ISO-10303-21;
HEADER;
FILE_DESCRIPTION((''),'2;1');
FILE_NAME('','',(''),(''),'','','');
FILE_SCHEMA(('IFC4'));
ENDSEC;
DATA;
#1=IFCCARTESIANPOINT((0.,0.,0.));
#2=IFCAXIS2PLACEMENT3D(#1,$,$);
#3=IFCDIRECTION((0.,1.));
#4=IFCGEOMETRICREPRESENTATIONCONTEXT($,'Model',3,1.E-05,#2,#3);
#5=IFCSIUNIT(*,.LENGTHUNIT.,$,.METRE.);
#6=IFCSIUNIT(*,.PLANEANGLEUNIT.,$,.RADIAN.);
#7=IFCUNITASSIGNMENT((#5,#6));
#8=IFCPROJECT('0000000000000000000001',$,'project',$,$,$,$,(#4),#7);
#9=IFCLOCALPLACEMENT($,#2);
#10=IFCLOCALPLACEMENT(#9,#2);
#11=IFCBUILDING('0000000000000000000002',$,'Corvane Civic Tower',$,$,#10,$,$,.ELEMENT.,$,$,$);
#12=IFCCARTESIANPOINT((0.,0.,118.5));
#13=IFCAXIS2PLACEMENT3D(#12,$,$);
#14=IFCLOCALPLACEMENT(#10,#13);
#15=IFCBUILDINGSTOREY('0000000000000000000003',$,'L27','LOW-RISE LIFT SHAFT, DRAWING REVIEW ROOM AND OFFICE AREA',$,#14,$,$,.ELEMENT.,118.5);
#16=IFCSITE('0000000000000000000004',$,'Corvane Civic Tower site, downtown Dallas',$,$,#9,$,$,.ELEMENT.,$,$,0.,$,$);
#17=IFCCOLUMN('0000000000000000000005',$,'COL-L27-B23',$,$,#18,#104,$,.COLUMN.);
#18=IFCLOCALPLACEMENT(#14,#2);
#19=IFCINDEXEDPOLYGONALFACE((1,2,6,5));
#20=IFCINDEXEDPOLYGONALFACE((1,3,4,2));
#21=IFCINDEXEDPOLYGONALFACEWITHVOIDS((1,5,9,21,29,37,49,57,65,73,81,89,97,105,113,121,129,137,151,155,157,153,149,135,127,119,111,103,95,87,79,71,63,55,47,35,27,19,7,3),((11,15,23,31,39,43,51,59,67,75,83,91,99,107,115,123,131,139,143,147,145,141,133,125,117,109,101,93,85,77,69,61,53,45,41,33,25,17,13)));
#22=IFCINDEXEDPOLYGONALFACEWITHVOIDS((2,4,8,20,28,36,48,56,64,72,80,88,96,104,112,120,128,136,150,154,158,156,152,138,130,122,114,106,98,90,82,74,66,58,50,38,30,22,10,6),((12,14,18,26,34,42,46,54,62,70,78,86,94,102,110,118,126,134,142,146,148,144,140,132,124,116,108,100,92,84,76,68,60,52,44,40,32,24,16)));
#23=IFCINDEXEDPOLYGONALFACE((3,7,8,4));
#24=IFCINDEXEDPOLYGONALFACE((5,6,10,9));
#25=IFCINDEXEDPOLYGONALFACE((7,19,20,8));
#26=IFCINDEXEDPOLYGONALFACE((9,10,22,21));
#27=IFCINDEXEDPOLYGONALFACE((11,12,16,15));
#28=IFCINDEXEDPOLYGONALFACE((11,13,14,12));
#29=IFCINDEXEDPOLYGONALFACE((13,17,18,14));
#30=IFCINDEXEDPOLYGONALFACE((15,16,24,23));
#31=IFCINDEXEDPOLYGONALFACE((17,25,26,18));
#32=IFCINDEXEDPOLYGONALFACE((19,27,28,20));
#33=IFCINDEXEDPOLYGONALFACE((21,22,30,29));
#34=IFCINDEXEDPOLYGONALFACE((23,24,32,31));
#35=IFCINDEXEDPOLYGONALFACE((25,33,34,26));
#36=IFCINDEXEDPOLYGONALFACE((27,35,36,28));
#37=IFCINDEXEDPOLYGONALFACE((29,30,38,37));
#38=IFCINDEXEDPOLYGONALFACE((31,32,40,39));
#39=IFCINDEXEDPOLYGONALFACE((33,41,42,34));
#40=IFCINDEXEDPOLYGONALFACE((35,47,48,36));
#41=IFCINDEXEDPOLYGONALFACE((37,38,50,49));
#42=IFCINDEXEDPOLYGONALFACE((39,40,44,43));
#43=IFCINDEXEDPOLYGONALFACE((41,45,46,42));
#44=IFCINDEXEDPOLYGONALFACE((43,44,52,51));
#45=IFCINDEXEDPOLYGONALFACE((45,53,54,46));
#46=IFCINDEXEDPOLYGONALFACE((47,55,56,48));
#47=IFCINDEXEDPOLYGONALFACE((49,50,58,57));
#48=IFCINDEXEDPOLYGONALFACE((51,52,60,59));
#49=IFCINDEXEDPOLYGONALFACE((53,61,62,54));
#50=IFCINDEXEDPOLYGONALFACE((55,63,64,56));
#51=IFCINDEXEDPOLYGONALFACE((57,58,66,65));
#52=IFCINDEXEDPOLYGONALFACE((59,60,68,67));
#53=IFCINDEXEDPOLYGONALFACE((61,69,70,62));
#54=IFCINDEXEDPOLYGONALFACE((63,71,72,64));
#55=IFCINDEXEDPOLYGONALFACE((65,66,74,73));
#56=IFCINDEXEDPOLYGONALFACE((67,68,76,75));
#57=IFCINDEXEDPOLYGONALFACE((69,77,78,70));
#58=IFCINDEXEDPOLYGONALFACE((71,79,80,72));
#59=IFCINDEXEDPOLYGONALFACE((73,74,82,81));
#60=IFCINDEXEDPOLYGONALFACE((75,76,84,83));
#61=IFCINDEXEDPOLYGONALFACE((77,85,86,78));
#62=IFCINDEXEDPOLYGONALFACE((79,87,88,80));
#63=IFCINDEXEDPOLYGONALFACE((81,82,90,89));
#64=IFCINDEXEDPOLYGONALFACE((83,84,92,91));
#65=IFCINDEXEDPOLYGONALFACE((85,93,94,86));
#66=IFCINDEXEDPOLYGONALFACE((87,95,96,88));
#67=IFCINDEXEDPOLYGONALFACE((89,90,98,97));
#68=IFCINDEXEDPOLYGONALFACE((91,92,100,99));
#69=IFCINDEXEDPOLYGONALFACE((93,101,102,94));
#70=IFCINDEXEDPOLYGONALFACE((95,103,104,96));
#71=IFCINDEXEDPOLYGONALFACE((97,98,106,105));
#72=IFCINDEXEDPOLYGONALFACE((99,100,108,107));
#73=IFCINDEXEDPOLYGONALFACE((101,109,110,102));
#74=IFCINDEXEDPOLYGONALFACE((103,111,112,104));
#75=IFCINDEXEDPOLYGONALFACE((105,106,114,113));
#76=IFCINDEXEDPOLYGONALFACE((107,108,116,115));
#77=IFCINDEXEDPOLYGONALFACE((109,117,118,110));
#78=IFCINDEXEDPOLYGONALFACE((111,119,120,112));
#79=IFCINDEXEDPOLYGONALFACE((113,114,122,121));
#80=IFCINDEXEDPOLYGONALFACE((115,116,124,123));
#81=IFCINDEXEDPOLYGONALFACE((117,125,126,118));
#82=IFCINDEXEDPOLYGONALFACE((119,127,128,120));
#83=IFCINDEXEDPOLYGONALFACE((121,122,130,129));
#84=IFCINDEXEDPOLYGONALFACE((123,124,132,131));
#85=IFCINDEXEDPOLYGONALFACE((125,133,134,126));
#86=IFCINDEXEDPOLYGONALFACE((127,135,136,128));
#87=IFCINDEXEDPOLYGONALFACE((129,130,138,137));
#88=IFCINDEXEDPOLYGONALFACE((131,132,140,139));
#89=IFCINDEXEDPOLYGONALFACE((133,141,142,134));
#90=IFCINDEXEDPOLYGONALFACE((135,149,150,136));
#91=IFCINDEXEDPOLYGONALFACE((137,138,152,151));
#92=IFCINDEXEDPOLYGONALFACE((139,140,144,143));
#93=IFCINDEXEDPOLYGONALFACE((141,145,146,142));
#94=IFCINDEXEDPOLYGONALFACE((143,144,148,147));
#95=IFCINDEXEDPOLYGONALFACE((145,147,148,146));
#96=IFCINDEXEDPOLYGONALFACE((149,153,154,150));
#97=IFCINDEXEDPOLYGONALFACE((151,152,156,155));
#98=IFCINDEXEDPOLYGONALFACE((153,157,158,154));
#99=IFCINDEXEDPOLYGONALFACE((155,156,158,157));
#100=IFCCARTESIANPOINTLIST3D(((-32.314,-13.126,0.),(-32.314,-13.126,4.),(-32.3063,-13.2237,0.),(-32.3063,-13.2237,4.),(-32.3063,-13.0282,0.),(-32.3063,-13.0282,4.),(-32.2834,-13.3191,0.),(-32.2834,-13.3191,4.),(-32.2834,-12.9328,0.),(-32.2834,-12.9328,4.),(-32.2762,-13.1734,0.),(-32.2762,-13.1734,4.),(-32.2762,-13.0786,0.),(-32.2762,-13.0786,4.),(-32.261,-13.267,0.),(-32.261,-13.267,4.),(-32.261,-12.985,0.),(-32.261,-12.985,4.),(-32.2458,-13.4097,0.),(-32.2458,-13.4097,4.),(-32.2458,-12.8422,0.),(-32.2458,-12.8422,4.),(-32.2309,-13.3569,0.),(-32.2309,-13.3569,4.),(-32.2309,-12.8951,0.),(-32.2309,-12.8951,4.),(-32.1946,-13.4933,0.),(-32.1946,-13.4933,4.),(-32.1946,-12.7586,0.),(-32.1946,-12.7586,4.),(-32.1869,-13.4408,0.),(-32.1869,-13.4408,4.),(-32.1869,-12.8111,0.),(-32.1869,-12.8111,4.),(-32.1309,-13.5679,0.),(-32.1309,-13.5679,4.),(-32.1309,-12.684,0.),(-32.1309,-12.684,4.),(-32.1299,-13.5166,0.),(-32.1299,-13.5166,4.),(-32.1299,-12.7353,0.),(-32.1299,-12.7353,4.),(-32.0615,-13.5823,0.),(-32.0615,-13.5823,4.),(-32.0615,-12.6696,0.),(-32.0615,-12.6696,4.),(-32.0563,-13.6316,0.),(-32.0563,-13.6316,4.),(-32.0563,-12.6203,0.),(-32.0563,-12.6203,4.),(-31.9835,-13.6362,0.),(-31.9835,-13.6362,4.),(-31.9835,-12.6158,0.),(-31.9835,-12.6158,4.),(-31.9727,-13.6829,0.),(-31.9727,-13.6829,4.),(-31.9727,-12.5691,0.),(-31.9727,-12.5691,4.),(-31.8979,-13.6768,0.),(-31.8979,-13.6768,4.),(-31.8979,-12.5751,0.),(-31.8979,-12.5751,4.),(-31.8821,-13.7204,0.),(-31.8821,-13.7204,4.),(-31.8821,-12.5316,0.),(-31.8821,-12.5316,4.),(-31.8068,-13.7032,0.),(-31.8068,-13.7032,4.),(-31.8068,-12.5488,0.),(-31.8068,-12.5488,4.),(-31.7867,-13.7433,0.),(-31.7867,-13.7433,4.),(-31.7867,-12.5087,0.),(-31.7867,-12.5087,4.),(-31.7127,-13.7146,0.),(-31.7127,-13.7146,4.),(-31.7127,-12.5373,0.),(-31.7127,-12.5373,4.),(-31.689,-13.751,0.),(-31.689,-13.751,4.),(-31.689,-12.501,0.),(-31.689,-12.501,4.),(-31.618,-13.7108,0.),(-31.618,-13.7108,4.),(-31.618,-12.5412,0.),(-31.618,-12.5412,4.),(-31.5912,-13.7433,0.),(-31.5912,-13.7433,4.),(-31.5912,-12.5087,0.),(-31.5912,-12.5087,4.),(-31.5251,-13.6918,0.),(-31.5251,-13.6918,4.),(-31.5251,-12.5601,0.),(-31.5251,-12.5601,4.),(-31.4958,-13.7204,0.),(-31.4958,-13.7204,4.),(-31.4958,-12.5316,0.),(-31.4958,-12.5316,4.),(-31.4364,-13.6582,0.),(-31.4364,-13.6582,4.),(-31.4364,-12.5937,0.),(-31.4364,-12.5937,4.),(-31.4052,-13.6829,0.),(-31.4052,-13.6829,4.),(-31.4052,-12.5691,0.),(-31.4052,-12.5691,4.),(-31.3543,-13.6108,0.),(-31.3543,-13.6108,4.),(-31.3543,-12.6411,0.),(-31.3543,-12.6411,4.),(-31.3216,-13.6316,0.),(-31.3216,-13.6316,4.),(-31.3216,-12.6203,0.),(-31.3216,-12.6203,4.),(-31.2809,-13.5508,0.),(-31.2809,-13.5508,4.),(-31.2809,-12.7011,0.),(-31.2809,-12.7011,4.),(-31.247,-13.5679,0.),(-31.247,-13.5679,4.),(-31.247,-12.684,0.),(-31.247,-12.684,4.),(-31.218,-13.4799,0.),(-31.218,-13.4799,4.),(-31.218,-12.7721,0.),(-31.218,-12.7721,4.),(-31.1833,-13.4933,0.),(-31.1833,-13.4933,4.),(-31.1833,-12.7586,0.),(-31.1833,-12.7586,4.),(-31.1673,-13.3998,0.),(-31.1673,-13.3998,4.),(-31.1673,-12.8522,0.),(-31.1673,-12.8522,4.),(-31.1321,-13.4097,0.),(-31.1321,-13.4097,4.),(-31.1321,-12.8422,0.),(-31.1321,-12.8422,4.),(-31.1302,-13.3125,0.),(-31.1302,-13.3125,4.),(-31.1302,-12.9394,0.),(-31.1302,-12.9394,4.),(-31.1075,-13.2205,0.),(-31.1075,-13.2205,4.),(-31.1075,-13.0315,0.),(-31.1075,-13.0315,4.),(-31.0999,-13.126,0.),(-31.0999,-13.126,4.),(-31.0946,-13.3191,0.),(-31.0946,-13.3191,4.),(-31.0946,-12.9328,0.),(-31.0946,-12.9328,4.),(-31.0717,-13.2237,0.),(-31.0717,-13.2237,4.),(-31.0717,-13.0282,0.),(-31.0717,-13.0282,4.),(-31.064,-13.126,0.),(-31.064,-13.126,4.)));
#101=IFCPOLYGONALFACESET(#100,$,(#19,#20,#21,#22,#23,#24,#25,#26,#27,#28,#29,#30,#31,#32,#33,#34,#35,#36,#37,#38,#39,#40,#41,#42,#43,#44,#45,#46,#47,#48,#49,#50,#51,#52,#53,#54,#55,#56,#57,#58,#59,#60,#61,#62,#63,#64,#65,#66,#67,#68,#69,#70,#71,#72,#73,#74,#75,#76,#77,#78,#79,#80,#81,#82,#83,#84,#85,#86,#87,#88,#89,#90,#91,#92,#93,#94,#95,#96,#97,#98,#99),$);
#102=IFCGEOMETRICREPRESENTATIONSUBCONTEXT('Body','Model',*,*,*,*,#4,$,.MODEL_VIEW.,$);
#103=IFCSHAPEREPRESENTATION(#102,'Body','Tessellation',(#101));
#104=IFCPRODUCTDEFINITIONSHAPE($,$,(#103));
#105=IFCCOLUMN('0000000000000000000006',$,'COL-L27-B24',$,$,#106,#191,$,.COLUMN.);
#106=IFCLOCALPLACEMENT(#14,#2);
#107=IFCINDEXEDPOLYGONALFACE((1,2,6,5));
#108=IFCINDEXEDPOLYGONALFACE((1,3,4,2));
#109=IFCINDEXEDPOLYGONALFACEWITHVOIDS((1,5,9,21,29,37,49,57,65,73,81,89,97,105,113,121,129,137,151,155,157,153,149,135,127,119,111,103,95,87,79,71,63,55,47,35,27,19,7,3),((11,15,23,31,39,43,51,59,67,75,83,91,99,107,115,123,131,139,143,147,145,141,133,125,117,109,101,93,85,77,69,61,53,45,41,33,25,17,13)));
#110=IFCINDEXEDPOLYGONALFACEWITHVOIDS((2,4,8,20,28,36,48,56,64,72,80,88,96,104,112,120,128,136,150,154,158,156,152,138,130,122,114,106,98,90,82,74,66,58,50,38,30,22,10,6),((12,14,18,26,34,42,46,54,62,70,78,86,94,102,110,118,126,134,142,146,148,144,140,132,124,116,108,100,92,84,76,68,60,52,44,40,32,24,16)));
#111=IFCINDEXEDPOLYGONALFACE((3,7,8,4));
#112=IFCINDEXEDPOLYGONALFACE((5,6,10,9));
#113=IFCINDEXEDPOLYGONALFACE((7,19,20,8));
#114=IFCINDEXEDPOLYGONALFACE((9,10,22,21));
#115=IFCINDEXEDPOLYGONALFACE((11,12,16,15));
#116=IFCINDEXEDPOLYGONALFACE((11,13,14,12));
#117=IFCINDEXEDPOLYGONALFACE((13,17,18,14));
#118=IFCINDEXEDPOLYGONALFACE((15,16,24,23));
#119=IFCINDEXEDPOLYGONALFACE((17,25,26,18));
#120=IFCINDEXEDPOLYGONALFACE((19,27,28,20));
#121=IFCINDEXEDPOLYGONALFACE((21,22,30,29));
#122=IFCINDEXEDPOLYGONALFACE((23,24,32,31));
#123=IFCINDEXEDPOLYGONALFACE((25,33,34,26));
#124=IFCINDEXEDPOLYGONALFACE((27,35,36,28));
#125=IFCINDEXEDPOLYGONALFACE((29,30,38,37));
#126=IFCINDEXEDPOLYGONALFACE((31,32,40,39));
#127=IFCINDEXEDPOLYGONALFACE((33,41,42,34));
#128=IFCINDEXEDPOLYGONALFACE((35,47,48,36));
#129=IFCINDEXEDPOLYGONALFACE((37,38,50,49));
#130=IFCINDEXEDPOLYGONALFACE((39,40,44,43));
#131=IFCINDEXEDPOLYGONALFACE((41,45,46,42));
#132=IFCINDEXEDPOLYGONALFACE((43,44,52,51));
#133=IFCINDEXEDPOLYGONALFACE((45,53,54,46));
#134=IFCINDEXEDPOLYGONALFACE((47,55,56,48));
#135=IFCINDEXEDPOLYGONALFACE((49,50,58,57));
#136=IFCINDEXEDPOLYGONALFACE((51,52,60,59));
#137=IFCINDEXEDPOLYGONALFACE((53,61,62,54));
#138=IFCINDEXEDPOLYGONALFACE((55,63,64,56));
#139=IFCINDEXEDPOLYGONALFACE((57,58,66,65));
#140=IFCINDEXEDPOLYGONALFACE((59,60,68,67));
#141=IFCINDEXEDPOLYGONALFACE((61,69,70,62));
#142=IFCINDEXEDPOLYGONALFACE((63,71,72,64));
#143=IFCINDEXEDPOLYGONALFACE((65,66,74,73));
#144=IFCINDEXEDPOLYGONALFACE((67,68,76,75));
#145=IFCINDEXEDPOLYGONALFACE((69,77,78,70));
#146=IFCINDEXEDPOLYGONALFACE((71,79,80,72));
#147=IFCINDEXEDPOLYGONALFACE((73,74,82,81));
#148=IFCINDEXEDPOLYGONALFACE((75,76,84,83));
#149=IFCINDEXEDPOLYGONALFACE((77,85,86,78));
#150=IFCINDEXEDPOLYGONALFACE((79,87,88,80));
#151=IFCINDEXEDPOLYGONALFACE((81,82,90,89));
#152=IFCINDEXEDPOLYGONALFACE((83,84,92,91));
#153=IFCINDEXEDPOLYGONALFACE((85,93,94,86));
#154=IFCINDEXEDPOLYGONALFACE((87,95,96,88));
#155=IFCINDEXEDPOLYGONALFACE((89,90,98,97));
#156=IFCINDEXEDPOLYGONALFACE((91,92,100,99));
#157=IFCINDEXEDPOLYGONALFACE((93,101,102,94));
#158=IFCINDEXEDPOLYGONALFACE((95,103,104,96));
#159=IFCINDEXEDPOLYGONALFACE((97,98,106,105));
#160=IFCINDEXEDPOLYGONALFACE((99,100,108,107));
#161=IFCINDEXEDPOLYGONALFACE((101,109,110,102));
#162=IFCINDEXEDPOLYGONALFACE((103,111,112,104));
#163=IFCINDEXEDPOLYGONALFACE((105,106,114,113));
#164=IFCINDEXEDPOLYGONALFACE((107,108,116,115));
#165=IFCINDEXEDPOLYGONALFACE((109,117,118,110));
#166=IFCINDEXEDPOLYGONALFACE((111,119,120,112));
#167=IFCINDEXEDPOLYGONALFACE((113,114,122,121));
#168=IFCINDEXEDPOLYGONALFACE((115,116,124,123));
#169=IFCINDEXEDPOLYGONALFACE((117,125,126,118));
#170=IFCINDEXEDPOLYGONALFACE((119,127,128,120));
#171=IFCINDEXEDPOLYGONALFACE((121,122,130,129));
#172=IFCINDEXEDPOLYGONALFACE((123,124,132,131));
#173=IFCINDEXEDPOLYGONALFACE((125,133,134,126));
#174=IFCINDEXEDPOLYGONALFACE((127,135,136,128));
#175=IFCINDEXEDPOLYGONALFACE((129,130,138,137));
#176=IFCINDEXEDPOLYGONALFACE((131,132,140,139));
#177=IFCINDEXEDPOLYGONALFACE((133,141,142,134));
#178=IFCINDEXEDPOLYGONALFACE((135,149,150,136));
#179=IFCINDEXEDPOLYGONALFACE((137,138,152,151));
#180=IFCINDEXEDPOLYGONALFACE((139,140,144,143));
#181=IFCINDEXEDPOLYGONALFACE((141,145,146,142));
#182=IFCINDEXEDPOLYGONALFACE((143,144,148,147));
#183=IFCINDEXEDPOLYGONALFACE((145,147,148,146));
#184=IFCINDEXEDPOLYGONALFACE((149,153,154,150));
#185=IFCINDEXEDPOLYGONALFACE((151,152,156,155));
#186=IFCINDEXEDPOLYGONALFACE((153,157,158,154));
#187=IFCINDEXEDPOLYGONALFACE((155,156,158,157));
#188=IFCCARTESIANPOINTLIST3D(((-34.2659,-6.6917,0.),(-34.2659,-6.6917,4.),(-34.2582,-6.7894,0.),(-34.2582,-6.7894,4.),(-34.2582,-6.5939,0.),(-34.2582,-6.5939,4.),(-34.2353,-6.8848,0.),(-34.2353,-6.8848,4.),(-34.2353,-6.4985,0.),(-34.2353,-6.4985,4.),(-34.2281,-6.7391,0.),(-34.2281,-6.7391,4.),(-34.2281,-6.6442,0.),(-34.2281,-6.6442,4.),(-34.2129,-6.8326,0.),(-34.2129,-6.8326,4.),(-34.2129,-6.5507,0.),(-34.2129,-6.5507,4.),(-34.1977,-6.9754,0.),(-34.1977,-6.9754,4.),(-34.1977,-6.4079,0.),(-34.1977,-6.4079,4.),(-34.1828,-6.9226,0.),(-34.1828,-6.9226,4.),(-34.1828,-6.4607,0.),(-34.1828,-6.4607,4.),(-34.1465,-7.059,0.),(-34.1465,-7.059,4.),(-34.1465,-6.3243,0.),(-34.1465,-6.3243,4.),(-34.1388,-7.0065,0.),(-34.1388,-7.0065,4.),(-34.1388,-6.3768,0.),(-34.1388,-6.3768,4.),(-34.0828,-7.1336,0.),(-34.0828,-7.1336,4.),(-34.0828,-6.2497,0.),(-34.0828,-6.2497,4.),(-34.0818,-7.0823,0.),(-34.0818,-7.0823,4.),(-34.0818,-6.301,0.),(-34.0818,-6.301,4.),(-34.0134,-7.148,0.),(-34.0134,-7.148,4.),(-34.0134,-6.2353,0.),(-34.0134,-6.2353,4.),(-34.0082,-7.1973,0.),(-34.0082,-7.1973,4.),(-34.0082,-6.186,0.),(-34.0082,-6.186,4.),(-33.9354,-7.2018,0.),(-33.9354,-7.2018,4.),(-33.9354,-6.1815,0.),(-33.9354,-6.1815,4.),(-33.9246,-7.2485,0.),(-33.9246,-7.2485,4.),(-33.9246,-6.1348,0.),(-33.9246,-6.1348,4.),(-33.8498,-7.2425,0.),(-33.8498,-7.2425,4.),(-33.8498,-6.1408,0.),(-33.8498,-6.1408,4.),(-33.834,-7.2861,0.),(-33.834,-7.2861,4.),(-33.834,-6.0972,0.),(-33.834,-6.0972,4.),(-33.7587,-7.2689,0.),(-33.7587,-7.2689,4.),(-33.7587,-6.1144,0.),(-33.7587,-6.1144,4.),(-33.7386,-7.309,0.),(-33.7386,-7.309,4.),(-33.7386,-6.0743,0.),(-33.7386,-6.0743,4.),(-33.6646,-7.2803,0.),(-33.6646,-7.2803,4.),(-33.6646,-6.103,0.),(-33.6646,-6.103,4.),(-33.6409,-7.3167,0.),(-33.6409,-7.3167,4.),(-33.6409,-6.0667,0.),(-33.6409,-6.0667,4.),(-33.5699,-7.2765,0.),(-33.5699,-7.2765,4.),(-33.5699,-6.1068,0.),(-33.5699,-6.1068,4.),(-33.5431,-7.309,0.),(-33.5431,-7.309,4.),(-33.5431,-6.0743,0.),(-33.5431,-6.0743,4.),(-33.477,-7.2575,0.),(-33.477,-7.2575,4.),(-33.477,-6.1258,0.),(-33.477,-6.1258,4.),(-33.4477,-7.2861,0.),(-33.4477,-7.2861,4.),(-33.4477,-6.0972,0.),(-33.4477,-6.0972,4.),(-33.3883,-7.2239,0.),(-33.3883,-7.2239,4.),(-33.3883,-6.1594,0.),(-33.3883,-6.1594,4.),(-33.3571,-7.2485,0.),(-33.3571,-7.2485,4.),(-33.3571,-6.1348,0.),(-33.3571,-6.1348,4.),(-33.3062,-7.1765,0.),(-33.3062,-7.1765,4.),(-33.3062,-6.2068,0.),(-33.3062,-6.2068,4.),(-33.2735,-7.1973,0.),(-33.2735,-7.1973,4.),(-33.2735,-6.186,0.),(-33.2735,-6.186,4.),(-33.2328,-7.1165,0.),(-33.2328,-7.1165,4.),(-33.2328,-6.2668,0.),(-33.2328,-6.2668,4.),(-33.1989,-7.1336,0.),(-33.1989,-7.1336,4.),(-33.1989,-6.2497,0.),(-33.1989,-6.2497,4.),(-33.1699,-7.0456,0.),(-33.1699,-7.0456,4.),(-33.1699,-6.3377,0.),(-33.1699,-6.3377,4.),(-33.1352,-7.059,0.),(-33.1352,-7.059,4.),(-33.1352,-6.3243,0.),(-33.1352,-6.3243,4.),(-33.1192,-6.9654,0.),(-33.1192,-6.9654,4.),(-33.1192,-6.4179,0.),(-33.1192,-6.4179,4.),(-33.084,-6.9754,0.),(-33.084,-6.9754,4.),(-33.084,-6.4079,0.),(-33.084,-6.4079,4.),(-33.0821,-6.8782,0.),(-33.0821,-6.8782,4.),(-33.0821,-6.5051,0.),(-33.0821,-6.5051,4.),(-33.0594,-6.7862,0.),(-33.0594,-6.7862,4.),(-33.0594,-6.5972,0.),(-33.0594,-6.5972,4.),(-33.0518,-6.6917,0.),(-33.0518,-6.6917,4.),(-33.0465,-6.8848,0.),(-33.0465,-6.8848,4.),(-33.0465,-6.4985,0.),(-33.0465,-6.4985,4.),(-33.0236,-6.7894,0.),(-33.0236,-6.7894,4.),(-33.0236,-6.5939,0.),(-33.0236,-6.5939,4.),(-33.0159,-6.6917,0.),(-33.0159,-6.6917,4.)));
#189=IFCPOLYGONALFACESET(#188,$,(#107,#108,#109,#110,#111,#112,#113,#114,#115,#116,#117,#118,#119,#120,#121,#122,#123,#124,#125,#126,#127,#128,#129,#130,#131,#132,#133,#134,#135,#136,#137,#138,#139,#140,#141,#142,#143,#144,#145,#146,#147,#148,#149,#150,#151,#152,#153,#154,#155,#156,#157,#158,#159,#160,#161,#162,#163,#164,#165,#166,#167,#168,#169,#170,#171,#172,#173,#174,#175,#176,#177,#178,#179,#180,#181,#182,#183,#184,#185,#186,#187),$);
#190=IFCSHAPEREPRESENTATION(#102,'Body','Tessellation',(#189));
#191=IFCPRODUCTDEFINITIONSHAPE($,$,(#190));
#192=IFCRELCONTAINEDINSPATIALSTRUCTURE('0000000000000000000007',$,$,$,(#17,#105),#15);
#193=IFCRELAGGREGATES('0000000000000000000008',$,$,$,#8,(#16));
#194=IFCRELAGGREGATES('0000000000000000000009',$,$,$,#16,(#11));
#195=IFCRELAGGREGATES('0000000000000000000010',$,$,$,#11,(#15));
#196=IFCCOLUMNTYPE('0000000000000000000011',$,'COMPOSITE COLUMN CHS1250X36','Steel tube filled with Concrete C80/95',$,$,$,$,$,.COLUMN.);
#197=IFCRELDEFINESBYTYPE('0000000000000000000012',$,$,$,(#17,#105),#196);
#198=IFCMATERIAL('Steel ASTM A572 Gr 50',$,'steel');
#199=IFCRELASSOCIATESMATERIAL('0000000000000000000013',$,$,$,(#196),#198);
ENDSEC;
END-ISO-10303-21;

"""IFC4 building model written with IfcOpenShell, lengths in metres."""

from ifc_helpers import new_model, si_unit, direction, frame, origin, origin_2d, place, context, subcontext, project, spatial, hollow_circle, extrude, material, material_profile, profile_set, type_object, element, save


model = new_model("IFC4")

# Units and contexts
model_context = context("Model", 3, precision=1e-05, world=origin(), true_north=direction((0.0, 1.0)))
body_context = subcontext(model_context, "Body", "Model", "MODEL_VIEW")
ifc_project = project(units=[si_unit("LENGTHUNIT", "METRE"), si_unit("PLANEANGLEUNIT", "RADIAN")], contexts=[model_context])

# Site, building, storey
site_placement = place(None, origin())
site = spatial("IfcSite", under=ifc_project, at=site_placement, Name="Corvane Civic Tower site, downtown Dallas", CompositionType="ELEMENT", RefElevation=0.0)
building_placement = place(site_placement, origin())
building = spatial("IfcBuilding", under=site, at=building_placement, Name="Corvane Civic Tower", CompositionType="ELEMENT")
storey_placement = place(building_placement, frame((0.0, 0.0, 118.5)))
storey = spatial("IfcBuildingStorey", under=building, at=storey_placement, Name="L27", Description="LOW-RISE LIFT SHAFT, DRAWING REVIEW ROOM AND OFFICE AREA", CompositionType="ELEMENT", Elevation=118.5)

# Columns
ifc_material_1 = material(Name="Steel ASTM A572 Gr 50", Category="steel")
ifc_material_profile_1 = material_profile(ifc_material_1, hollow_circle(Radius=0.625, WallThickness=0.0359, at=origin_2d()), Name="CHS1250X36")
ifc_profile_set_1 = profile_set([ifc_material_profile_1], Name="Steel ASTM A572 Gr 50")
column_type = type_object("IfcColumnType", Name="COMPOSITE COLUMN CHS1250X36", Description="Steel tube filled with Concrete C80/95", PredefinedType="COLUMN", material=ifc_profile_set_1)
for number, where, z_axis, x_axis, name in (
    (1, (-31.689, -13.126, 0.0), (0.0, 0.0, 1.0), (1.0, 0.0, 0.0), "COL-L27-B23"),
    (2, (-33.6409, -6.6917, 0.0), (0.0, 0.0, 1.0), (1.0, 0.0, 0.0), "COL-L27-B24"),
):
    element("IfcColumn", number, at=place(storey_placement, frame(where, z_axis=z_axis, x_axis=x_axis)), inside=storey, type_object=column_type, Name=name, PredefinedType="COLUMN", context=body_context, shape_type="SweptSolid", body=[
        extrude(hollow_circle(Radius=0.625, WallThickness=0.0359, at=origin_2d()), origin(), (0.0, 0.0, 1.0), 4.0),
    ])

save(model, "model.ifc")
